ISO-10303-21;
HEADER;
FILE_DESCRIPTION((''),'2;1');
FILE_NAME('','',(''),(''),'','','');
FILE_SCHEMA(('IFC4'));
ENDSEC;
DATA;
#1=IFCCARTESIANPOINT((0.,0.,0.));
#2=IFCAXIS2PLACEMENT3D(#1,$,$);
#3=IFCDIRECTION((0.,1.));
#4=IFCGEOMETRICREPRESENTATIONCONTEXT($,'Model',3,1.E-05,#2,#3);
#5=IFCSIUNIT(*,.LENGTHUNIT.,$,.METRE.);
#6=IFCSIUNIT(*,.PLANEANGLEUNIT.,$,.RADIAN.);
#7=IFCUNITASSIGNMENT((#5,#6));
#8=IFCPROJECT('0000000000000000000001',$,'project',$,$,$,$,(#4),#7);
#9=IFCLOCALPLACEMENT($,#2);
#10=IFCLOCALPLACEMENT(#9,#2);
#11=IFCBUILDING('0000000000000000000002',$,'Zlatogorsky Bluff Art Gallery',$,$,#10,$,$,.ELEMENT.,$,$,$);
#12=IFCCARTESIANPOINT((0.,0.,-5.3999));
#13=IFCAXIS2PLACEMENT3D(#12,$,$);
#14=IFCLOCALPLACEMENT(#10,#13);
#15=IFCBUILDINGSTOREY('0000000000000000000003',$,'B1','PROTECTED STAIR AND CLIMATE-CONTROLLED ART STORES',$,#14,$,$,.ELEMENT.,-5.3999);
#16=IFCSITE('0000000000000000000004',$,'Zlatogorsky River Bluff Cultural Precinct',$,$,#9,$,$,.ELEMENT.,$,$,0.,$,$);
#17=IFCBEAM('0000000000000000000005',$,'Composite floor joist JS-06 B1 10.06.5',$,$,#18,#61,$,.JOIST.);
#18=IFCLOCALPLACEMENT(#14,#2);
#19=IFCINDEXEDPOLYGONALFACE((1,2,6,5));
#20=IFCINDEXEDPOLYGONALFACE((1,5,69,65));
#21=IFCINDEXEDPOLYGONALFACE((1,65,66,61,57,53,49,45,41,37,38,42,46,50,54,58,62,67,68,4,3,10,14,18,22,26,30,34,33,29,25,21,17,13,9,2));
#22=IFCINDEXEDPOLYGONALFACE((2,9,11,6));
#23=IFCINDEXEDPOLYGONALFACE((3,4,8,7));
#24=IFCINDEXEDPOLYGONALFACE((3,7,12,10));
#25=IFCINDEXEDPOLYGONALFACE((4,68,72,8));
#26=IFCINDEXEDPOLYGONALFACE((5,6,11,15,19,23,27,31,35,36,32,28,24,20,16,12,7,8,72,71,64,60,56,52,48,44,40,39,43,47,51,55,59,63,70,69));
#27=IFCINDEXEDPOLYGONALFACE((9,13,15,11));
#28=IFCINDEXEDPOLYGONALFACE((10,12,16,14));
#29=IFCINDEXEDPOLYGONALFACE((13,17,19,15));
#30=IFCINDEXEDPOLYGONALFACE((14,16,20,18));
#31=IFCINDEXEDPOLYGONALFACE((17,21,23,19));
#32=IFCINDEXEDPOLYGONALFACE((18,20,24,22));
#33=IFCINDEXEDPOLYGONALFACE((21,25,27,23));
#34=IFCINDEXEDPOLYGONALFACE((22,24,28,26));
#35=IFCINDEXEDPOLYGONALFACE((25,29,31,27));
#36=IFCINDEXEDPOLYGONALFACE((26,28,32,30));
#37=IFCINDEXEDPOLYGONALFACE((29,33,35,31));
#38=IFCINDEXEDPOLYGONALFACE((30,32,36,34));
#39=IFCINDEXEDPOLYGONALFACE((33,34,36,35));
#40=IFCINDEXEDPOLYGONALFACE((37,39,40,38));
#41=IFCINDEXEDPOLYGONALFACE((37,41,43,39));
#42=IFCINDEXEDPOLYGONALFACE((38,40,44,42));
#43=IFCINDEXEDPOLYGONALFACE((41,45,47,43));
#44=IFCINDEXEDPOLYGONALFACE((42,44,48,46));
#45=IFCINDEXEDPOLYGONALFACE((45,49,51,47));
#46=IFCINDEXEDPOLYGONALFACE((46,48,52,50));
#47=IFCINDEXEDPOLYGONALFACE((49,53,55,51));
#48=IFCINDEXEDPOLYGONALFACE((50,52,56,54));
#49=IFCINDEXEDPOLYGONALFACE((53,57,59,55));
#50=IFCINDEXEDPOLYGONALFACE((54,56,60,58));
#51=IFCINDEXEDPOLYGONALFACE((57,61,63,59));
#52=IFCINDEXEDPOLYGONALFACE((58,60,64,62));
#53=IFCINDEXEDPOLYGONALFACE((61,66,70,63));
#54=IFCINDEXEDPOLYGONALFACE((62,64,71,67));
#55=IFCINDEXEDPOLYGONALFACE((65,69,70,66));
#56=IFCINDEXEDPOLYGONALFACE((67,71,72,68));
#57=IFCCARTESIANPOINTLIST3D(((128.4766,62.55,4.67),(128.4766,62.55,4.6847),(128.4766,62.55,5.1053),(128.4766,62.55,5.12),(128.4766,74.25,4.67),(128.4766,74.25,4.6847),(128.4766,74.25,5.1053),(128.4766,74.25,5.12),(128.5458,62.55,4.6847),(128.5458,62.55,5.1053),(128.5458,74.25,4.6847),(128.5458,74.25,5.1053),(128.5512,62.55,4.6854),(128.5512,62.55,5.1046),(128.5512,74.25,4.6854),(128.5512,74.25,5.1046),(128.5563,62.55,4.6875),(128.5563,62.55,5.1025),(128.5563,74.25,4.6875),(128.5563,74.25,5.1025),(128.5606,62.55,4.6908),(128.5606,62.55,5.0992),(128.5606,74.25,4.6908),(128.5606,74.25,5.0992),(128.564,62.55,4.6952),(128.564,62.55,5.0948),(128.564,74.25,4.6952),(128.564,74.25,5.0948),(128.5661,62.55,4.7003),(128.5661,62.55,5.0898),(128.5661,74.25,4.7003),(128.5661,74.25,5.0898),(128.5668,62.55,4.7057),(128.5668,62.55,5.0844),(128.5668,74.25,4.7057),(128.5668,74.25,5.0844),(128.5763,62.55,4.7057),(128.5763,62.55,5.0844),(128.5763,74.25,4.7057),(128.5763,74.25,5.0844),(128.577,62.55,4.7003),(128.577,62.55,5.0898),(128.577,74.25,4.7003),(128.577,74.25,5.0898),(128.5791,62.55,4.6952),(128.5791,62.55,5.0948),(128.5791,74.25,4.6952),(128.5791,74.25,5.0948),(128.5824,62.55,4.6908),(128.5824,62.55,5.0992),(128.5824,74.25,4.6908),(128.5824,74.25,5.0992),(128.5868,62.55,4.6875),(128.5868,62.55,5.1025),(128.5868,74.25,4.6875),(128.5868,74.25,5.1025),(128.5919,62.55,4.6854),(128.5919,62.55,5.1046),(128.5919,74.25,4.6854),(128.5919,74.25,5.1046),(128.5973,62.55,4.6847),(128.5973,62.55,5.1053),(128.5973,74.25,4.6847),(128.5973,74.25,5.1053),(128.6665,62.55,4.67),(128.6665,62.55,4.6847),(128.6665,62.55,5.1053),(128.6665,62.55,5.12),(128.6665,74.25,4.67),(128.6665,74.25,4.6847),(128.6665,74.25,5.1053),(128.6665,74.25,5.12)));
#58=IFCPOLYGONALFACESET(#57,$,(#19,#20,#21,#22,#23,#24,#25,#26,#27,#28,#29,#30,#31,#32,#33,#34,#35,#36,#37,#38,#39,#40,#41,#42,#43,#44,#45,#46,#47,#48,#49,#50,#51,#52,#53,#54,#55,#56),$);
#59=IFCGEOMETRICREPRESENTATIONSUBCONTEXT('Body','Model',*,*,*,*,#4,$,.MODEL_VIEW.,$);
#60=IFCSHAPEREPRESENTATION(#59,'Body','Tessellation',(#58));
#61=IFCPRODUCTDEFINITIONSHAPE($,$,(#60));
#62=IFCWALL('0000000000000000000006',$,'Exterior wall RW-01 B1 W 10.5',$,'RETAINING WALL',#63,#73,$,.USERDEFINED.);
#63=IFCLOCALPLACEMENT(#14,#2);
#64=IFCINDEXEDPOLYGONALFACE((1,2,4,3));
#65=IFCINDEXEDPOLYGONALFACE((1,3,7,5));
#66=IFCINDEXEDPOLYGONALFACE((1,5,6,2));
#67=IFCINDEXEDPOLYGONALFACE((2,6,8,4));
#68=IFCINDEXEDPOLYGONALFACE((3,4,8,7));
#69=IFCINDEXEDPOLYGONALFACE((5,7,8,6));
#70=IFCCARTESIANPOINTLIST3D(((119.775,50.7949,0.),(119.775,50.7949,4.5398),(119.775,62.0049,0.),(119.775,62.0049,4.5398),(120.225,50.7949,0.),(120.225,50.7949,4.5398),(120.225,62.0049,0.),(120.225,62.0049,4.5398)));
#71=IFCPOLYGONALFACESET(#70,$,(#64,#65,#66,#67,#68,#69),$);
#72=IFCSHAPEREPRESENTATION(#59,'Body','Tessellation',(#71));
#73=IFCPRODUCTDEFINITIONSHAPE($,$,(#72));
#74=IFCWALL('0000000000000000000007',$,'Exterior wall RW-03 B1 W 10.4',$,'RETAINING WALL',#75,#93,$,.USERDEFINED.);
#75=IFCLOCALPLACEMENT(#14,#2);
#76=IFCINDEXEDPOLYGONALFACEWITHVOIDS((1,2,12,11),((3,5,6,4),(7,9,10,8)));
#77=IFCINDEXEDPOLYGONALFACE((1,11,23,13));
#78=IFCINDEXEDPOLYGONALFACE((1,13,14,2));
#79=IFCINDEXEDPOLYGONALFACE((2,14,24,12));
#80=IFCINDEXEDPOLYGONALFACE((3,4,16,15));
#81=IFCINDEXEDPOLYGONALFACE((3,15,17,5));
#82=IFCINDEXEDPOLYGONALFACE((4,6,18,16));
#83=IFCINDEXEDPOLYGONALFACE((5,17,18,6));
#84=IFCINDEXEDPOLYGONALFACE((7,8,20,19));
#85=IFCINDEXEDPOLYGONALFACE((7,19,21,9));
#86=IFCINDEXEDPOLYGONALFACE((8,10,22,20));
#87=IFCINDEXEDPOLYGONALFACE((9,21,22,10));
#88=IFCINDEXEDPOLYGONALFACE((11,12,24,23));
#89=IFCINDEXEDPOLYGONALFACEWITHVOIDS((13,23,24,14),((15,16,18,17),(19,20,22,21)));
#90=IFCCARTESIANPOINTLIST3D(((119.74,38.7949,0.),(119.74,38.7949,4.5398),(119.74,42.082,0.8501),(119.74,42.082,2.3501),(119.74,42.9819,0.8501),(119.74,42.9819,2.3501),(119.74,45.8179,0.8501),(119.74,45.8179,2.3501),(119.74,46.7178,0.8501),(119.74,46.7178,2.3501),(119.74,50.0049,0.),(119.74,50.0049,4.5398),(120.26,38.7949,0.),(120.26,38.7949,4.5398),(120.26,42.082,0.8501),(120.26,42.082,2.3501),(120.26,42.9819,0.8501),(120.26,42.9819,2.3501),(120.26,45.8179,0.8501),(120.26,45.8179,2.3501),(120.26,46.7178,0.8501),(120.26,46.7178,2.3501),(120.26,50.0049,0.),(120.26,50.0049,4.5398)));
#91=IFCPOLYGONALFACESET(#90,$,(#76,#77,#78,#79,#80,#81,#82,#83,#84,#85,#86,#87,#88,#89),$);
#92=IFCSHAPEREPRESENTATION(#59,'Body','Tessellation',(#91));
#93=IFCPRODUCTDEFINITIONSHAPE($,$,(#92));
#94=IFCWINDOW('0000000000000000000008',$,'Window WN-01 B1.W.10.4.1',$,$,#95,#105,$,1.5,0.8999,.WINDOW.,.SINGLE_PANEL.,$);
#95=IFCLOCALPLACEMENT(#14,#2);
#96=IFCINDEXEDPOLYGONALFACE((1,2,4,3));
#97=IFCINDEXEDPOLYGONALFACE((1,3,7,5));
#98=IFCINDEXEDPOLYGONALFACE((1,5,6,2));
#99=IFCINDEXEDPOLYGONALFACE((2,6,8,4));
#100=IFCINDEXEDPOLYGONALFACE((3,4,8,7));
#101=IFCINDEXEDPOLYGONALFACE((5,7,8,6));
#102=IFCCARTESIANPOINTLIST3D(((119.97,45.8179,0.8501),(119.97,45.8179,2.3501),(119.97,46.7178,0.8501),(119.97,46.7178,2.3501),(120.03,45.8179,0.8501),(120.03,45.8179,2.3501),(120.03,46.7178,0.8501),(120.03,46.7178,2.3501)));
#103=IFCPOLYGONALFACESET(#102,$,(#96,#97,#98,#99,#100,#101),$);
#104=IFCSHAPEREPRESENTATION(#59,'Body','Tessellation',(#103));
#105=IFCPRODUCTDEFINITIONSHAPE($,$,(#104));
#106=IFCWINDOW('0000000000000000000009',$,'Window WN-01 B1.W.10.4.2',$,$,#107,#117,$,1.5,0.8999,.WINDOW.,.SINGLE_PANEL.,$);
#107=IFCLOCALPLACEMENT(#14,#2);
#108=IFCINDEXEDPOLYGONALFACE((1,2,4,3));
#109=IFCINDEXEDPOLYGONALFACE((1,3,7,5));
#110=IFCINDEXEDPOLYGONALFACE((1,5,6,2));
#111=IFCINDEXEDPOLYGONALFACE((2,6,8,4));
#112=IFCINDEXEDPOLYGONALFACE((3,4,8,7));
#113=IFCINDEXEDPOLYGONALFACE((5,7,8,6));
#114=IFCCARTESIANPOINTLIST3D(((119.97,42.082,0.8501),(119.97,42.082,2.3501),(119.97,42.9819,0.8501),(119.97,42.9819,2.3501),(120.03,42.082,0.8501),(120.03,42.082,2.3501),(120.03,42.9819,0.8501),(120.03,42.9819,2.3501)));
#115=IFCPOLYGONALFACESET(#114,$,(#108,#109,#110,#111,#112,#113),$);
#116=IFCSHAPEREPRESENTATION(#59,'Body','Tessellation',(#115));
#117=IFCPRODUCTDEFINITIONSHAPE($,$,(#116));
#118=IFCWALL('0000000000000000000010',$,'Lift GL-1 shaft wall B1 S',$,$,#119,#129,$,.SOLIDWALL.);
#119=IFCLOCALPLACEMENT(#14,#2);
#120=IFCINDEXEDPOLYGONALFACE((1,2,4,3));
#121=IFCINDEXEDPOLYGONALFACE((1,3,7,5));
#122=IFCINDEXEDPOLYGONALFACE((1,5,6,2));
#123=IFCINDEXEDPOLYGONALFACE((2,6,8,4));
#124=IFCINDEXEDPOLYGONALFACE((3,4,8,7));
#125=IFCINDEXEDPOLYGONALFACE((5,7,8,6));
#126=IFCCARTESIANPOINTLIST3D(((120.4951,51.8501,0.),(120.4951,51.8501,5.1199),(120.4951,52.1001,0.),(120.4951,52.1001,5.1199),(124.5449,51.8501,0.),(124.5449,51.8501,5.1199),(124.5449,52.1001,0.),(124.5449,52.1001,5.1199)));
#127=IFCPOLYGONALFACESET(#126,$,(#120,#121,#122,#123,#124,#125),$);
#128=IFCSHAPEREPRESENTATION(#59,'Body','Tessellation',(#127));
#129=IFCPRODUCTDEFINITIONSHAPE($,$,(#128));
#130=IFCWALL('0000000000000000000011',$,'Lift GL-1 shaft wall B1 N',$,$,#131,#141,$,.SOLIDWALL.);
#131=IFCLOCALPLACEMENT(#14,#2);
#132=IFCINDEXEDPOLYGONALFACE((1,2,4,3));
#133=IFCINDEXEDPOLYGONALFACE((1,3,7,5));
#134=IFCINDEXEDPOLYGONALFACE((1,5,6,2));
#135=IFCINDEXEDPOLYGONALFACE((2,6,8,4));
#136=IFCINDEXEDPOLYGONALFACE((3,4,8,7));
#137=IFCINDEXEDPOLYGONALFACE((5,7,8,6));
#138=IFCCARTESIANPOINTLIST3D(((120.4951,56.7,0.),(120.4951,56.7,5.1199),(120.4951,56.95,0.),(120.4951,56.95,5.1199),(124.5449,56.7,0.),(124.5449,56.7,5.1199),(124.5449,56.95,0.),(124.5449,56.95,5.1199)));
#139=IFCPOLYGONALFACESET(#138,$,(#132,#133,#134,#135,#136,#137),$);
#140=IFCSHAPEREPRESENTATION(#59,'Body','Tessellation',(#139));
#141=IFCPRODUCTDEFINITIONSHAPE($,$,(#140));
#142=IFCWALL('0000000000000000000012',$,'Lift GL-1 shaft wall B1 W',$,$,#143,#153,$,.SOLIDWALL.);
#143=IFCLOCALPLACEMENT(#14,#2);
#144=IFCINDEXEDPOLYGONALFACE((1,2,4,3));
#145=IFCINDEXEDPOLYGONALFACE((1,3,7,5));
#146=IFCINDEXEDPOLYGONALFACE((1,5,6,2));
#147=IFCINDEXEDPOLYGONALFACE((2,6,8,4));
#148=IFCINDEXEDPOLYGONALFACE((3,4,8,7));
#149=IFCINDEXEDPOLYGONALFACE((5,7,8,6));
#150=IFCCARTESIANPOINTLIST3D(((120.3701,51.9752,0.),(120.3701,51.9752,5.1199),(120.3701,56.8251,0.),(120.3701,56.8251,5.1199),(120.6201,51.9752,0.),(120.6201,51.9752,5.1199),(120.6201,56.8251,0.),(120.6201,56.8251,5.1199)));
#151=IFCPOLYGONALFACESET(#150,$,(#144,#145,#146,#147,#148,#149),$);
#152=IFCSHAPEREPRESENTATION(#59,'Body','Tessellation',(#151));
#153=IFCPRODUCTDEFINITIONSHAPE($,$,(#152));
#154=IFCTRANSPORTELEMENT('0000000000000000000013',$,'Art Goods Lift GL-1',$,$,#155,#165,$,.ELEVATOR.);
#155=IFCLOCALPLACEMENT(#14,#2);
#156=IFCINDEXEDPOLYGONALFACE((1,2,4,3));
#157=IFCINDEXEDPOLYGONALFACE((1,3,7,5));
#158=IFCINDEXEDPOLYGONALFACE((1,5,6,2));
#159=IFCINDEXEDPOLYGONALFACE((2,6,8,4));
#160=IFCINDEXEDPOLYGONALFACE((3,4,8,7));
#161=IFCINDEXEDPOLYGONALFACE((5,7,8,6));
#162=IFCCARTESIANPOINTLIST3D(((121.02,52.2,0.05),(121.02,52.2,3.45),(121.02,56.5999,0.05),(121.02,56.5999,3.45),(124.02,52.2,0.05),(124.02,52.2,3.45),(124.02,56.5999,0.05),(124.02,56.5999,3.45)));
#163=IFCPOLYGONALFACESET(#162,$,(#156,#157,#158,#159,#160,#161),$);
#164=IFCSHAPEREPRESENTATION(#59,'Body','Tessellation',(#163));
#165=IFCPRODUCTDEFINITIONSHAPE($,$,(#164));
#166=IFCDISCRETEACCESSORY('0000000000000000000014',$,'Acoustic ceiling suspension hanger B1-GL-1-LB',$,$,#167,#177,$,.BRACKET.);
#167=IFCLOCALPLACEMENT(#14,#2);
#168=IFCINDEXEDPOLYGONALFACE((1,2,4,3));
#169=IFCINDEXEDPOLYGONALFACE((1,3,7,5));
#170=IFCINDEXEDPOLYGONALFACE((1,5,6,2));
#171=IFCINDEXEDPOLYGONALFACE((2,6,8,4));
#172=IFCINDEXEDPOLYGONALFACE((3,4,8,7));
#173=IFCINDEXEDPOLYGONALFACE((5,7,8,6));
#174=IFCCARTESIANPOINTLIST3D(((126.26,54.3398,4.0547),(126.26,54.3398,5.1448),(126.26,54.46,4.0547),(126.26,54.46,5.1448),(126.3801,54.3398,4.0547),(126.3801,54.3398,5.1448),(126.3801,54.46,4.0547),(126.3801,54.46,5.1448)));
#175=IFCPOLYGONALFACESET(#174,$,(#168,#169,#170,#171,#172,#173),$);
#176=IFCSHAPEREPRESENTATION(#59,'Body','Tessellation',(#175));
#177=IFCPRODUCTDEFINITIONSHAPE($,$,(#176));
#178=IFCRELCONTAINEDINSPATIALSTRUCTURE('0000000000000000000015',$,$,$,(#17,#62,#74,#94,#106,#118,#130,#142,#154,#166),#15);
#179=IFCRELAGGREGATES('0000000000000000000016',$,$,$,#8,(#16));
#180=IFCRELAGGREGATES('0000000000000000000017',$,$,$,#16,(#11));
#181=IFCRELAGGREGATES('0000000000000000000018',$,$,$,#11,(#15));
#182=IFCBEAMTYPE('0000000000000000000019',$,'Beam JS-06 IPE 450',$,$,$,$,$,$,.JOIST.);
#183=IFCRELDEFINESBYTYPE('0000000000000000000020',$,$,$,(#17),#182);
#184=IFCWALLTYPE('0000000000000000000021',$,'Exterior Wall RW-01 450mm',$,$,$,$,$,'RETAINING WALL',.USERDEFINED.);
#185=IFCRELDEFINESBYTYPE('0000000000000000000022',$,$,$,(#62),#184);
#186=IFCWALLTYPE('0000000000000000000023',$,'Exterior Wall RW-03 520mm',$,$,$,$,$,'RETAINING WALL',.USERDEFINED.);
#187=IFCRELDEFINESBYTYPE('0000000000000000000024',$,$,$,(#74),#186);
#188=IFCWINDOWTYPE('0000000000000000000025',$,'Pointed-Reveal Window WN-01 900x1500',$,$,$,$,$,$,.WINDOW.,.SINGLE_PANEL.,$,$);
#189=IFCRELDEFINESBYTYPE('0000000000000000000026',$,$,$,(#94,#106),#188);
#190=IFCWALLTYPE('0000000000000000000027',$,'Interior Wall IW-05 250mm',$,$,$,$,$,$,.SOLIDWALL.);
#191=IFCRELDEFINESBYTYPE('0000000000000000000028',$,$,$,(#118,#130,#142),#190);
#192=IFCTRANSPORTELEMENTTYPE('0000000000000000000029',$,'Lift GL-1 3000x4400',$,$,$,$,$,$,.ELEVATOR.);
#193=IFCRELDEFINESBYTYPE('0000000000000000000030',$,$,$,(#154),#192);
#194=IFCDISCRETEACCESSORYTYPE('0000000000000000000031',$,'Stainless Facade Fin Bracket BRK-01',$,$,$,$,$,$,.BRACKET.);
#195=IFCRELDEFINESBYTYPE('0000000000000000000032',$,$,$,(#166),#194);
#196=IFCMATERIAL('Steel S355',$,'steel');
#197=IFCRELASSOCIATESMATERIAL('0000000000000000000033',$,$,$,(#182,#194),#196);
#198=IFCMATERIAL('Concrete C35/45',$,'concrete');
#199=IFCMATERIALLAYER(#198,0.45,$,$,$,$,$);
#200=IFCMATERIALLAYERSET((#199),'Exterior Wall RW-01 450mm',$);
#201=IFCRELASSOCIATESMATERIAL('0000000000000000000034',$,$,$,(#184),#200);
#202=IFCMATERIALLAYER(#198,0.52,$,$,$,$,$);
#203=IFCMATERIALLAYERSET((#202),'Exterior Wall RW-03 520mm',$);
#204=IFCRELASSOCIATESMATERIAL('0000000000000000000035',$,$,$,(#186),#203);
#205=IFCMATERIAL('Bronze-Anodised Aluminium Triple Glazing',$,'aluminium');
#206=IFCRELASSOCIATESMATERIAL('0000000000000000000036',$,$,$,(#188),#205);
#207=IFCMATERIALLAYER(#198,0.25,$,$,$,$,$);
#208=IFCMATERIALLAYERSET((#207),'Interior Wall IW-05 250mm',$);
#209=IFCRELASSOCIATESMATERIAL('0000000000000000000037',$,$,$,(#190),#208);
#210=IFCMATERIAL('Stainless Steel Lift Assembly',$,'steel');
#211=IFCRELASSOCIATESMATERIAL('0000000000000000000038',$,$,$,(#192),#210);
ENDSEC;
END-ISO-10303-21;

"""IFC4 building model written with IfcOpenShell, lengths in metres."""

from ifc_helpers import new_model, si_unit, direction, frame, frame_2d, origin, origin_2d, place, context, subcontext, project, spatial, rectangle, i_section, extrude, material, layer, layer_set, material_profile, profile_set, type_object, element, fill, save


model = new_model("IFC4")

# Units and contexts
model_context = context("Model", 3, precision=1e-05, world=origin(), true_north=direction((0.0, 1.0)))
body_context = subcontext(model_context, "Body", "Model", "MODEL_VIEW")
ifc_project = project(units=[si_unit("LENGTHUNIT", "METRE"), si_unit("PLANEANGLEUNIT", "RADIAN")], contexts=[model_context])

# Site, building, storey
site_placement = place(None, origin())
site = spatial("IfcSite", under=ifc_project, at=site_placement, Name="Zlatogorsky River Bluff Cultural Precinct", CompositionType="ELEMENT", RefElevation=0.0)
building_placement = place(site_placement, origin())
building = spatial("IfcBuilding", under=site, at=building_placement, Name="Zlatogorsky Bluff Art Gallery", CompositionType="ELEMENT")
storey_placement = place(building_placement, frame((0.0, 0.0, -5.3999)))
storey = spatial("IfcBuildingStorey", under=building, at=storey_placement, Name="B1", Description="PROTECTED STAIR AND CLIMATE-CONTROLLED ART STORES", CompositionType="ELEMENT", Elevation=-5.3999)

# Shared definitions
ifc_material_1 = material(Name="Concrete C35/45", Category="concrete")

# Beam
ifc_material_2 = material(Name="Steel S355", Category="steel")
ifc_material_profile_1 = material_profile(ifc_material_2, i_section(OverallWidth=0.1899, OverallDepth=0.45, WebThickness=0.0095, FlangeThickness=0.0146, FilletRadius=0.021, at=origin_2d()), Name="IPE 450")
ifc_profile_set_1 = profile_set([ifc_material_profile_1], Name="Steel S355")
beam_type_1 = type_object("IfcBeamType", Name="Beam JS-06 IPE 450", PredefinedType="JOIST", material=ifc_profile_set_1)
for number, where, z_axis, x_axis, name in (
    (1, (128.5715, 62.55, 4.895), (0.0, 1.0, 0.0), (-1.0, 0.0, 0.0), "Composite floor joist JS-06 B1 10.06.5"),
):
    element("IfcBeam", number, at=place(storey_placement, frame(where, z_axis=z_axis, x_axis=x_axis)), inside=storey, type_object=beam_type_1, Name=name, PredefinedType="JOIST", context=body_context, shape_type="SweptSolid", body=[
        extrude(i_section(OverallWidth=0.1899, OverallDepth=0.45, WebThickness=0.0095, FlangeThickness=0.0146, FilletRadius=0.021, at=origin_2d()), origin(), (0.0, 0.0, 1.0), 11.7),
    ])

# Wall
ifc_layer_1 = layer(ifc_material_1, 0.45)
ifc_layer_set_1 = layer_set([ifc_layer_1], Name="Exterior Wall RW-01 450mm")
wall_type_1 = type_object("IfcWallType", Name="Exterior Wall RW-01 450mm", ElementType="RETAINING WALL", PredefinedType="USERDEFINED", material=ifc_layer_set_1)
wall_1_placement = place(storey_placement, frame((120.0, 62.0049, 0.0), z_axis=(0.0, 0.0, 1.0), x_axis=(0.0, -1.0, 0.0)))
element("IfcWall", 2, at=wall_1_placement, inside=storey, type_object=wall_type_1, Name="Exterior wall RW-01 B1 W 10.5", ObjectType="RETAINING WALL", PredefinedType="USERDEFINED", context=body_context, shape_type="SweptSolid", body=[
    extrude(rectangle(XDim=11.21, YDim=0.45, at=frame_2d((5.605, 0.0))), origin(), (0.0, 0.0, 1.0), 4.5398),
])

# Wall, openings, windows
ifc_layer_2 = layer(ifc_material_1, 0.52)
ifc_layer_set_2 = layer_set([ifc_layer_2], Name="Exterior Wall RW-03 520mm")
wall_type_2 = type_object("IfcWallType", Name="Exterior Wall RW-03 520mm", ElementType="RETAINING WALL", PredefinedType="USERDEFINED", material=ifc_layer_set_2)
wall_2_placement = place(storey_placement, frame((120.0, 50.0049, 0.0), z_axis=(0.0, 0.0, 1.0), x_axis=(0.0, -1.0, 0.0)))
wall_2 = element("IfcWall", 3, at=wall_2_placement, inside=storey, type_object=wall_type_2, Name="Exterior wall RW-03 B1 W 10.4", ObjectType="RETAINING WALL", PredefinedType="USERDEFINED", context=body_context, shape_type="SweptSolid", body=[
    extrude(rectangle(XDim=11.21, YDim=0.52, at=frame_2d((5.605, 0.0))), origin(), (0.0, 0.0, 1.0), 4.5398),
])
opening_1_placement = place(wall_2_placement, frame((3.2871, 0.0, 0.8501)))
opening_1 = element("IfcOpeningElement", 4, at=opening_1_placement, cuts=wall_2, PredefinedType="OPENING", context=body_context, shape_type="SweptSolid", body=[
    extrude(rectangle(XDim=0.8999, YDim=1.5, at=frame_2d((0.45, 0.75))), frame((0.0, 0.27, 0.0), z_axis=(0.0, -1.0, 0.0), x_axis=(1.0, 0.0, 0.0)), (0.0, 0.0, 1.0), 0.54),
])
opening_2_placement = place(wall_2_placement, frame((7.0229, 0.0, 0.8501)))
opening_2 = element("IfcOpeningElement", 5, at=opening_2_placement, cuts=wall_2, PredefinedType="OPENING", context=body_context, shape_type="SweptSolid", body=[
    extrude(rectangle(XDim=0.8999, YDim=1.5, at=frame_2d((0.45, 0.75))), frame((0.0, 0.27, 0.0), z_axis=(0.0, -1.0, 0.0), x_axis=(1.0, 0.0, 0.0)), (0.0, 0.0, 1.0), 0.54),
])
ifc_material_3 = material(Name="Bronze-Anodised Aluminium Triple Glazing", Category="aluminium")
window_type = type_object("IfcWindowType", Name="Pointed-Reveal Window WN-01 900x1500", PartitioningType="SINGLE_PANEL", PredefinedType="WINDOW", material=ifc_material_3)
window_1_placement = place(opening_1_placement, origin())
window_1 = element("IfcWindow", 6, at=window_1_placement, inside=storey, type_object=window_type, Name="Window WN-01 B1.W.10.4.1", OverallHeight=1.5, OverallWidth=0.8999, PartitioningType="SINGLE_PANEL", PredefinedType="WINDOW", context=body_context, shape_type="SweptSolid", body=[
    extrude(rectangle(XDim=0.8999, YDim=1.5, at=frame_2d((0.45, 0.75))), frame((0.0, 0.03, 0.0), z_axis=(0.0, -1.0, 0.0), x_axis=(1.0, 0.0, 0.0)), (0.0, 0.0, 1.0), 0.0601),
])
fill(opening_1, window_1)
window_2_placement = place(opening_2_placement, origin())
window_2 = element("IfcWindow", 7, at=window_2_placement, inside=storey, type_object=window_type, Name="Window WN-01 B1.W.10.4.2", OverallHeight=1.5, OverallWidth=0.8999, PartitioningType="SINGLE_PANEL", PredefinedType="WINDOW", context=body_context, shape_type="SweptSolid", body=[
    extrude(rectangle(XDim=0.8999, YDim=1.5, at=frame_2d((0.45, 0.75))), frame((0.0, 0.03, 0.0), z_axis=(0.0, -1.0, 0.0), x_axis=(1.0, 0.0, 0.0)), (0.0, 0.0, 1.0), 0.0601),
])
fill(opening_2, window_2)

# Wall
ifc_layer_3 = layer(ifc_material_1, 0.25)
ifc_layer_set_3 = layer_set([ifc_layer_3], Name="Interior Wall IW-05 250mm")
wall_type_3 = type_object("IfcWallType", Name="Interior Wall IW-05 250mm", PredefinedType="SOLIDWALL", material=ifc_layer_set_3)
wall_3_placement = place(storey_placement, frame((120.4951, 51.9751, 0.0), z_axis=(0.0, 0.0, 1.0), x_axis=(1.0, 0.0, 0.0)))
element("IfcWall", 8, at=wall_3_placement, inside=storey, type_object=wall_type_3, Name="Lift GL-1 shaft wall B1 S", PredefinedType="SOLIDWALL", context=body_context, shape_type="SweptSolid", body=[
    extrude(rectangle(XDim=4.0498, YDim=0.25, at=frame_2d((2.0249, 0.0))), origin(), (0.0, 0.0, 1.0), 5.1199),
])

# Walls
wall_4_placement = place(storey_placement, frame((124.5449, 56.825, 0.0), z_axis=(0.0, 0.0, 1.0), x_axis=(-1.0, 0.0, 0.0)))
element("IfcWall", 9, at=wall_4_placement, inside=storey, type_object=wall_type_3, Name="Lift GL-1 shaft wall B1 N", PredefinedType="SOLIDWALL", context=body_context, shape_type="SweptSolid", body=[
    extrude(rectangle(XDim=4.0498, YDim=0.25, at=frame_2d((2.0249, 0.0))), origin(), (0.0, 0.0, 1.0), 5.1199),
])
wall_5_placement = place(storey_placement, frame((120.4951, 56.825, 0.0), z_axis=(0.0, 0.0, 1.0), x_axis=(0.0, -1.0, 0.0)))
element("IfcWall", 10, at=wall_5_placement, inside=storey, type_object=wall_type_3, Name="Lift GL-1 shaft wall B1 W", PredefinedType="SOLIDWALL", context=body_context, shape_type="SweptSolid", body=[
    extrude(rectangle(XDim=4.8499, YDim=0.25, at=frame_2d((2.4248, 0.0))), origin(), (0.0, 0.0, 1.0), 5.1199),
])

# Transport element
ifc_material_4 = material(Name="Stainless Steel Lift Assembly", Category="steel")
transport_element_type = type_object("IfcTransportElementType", Name="Lift GL-1 3000x4400", PredefinedType="ELEVATOR", material=ifc_material_4)
transport_element_placement = place(storey_placement, frame((122.52, 54.3999, 0.05), z_axis=(0.0, 0.0, 1.0), x_axis=(1.0, 0.0, 0.0)))
element("IfcTransportElement", 11, at=transport_element_placement, inside=storey, type_object=transport_element_type, Name="Art Goods Lift GL-1", PredefinedType="ELEVATOR", context=body_context, shape_type="SweptSolid", body=[
    extrude(rectangle(XDim=3.0, YDim=4.3999, at=origin_2d()), origin(), (0.0, 0.0, 1.0), 3.3999),
])

# Discrete accessory
discrete_accessory_type = type_object("IfcDiscreteAccessoryType", Name="Stainless Facade Fin Bracket BRK-01", PredefinedType="BRACKET", material=ifc_material_2)
discrete_accessory_placement = place(storey_placement, frame((126.3201, 54.3999, 4.0547), z_axis=(0.0, 0.0, 1.0), x_axis=(1.0, 0.0, 0.0)))
element("IfcDiscreteAccessory", 12, at=discrete_accessory_placement, inside=storey, type_object=discrete_accessory_type, Name="Acoustic ceiling suspension hanger B1-GL-1-LB", PredefinedType="BRACKET", context=body_context, shape_type="SweptSolid", body=[
    extrude(rectangle(XDim=0.1201, YDim=0.1201, at=origin_2d()), origin(), (0.0, 0.0, 1.0), 1.0901),
])

save(model, "model.ifc")
